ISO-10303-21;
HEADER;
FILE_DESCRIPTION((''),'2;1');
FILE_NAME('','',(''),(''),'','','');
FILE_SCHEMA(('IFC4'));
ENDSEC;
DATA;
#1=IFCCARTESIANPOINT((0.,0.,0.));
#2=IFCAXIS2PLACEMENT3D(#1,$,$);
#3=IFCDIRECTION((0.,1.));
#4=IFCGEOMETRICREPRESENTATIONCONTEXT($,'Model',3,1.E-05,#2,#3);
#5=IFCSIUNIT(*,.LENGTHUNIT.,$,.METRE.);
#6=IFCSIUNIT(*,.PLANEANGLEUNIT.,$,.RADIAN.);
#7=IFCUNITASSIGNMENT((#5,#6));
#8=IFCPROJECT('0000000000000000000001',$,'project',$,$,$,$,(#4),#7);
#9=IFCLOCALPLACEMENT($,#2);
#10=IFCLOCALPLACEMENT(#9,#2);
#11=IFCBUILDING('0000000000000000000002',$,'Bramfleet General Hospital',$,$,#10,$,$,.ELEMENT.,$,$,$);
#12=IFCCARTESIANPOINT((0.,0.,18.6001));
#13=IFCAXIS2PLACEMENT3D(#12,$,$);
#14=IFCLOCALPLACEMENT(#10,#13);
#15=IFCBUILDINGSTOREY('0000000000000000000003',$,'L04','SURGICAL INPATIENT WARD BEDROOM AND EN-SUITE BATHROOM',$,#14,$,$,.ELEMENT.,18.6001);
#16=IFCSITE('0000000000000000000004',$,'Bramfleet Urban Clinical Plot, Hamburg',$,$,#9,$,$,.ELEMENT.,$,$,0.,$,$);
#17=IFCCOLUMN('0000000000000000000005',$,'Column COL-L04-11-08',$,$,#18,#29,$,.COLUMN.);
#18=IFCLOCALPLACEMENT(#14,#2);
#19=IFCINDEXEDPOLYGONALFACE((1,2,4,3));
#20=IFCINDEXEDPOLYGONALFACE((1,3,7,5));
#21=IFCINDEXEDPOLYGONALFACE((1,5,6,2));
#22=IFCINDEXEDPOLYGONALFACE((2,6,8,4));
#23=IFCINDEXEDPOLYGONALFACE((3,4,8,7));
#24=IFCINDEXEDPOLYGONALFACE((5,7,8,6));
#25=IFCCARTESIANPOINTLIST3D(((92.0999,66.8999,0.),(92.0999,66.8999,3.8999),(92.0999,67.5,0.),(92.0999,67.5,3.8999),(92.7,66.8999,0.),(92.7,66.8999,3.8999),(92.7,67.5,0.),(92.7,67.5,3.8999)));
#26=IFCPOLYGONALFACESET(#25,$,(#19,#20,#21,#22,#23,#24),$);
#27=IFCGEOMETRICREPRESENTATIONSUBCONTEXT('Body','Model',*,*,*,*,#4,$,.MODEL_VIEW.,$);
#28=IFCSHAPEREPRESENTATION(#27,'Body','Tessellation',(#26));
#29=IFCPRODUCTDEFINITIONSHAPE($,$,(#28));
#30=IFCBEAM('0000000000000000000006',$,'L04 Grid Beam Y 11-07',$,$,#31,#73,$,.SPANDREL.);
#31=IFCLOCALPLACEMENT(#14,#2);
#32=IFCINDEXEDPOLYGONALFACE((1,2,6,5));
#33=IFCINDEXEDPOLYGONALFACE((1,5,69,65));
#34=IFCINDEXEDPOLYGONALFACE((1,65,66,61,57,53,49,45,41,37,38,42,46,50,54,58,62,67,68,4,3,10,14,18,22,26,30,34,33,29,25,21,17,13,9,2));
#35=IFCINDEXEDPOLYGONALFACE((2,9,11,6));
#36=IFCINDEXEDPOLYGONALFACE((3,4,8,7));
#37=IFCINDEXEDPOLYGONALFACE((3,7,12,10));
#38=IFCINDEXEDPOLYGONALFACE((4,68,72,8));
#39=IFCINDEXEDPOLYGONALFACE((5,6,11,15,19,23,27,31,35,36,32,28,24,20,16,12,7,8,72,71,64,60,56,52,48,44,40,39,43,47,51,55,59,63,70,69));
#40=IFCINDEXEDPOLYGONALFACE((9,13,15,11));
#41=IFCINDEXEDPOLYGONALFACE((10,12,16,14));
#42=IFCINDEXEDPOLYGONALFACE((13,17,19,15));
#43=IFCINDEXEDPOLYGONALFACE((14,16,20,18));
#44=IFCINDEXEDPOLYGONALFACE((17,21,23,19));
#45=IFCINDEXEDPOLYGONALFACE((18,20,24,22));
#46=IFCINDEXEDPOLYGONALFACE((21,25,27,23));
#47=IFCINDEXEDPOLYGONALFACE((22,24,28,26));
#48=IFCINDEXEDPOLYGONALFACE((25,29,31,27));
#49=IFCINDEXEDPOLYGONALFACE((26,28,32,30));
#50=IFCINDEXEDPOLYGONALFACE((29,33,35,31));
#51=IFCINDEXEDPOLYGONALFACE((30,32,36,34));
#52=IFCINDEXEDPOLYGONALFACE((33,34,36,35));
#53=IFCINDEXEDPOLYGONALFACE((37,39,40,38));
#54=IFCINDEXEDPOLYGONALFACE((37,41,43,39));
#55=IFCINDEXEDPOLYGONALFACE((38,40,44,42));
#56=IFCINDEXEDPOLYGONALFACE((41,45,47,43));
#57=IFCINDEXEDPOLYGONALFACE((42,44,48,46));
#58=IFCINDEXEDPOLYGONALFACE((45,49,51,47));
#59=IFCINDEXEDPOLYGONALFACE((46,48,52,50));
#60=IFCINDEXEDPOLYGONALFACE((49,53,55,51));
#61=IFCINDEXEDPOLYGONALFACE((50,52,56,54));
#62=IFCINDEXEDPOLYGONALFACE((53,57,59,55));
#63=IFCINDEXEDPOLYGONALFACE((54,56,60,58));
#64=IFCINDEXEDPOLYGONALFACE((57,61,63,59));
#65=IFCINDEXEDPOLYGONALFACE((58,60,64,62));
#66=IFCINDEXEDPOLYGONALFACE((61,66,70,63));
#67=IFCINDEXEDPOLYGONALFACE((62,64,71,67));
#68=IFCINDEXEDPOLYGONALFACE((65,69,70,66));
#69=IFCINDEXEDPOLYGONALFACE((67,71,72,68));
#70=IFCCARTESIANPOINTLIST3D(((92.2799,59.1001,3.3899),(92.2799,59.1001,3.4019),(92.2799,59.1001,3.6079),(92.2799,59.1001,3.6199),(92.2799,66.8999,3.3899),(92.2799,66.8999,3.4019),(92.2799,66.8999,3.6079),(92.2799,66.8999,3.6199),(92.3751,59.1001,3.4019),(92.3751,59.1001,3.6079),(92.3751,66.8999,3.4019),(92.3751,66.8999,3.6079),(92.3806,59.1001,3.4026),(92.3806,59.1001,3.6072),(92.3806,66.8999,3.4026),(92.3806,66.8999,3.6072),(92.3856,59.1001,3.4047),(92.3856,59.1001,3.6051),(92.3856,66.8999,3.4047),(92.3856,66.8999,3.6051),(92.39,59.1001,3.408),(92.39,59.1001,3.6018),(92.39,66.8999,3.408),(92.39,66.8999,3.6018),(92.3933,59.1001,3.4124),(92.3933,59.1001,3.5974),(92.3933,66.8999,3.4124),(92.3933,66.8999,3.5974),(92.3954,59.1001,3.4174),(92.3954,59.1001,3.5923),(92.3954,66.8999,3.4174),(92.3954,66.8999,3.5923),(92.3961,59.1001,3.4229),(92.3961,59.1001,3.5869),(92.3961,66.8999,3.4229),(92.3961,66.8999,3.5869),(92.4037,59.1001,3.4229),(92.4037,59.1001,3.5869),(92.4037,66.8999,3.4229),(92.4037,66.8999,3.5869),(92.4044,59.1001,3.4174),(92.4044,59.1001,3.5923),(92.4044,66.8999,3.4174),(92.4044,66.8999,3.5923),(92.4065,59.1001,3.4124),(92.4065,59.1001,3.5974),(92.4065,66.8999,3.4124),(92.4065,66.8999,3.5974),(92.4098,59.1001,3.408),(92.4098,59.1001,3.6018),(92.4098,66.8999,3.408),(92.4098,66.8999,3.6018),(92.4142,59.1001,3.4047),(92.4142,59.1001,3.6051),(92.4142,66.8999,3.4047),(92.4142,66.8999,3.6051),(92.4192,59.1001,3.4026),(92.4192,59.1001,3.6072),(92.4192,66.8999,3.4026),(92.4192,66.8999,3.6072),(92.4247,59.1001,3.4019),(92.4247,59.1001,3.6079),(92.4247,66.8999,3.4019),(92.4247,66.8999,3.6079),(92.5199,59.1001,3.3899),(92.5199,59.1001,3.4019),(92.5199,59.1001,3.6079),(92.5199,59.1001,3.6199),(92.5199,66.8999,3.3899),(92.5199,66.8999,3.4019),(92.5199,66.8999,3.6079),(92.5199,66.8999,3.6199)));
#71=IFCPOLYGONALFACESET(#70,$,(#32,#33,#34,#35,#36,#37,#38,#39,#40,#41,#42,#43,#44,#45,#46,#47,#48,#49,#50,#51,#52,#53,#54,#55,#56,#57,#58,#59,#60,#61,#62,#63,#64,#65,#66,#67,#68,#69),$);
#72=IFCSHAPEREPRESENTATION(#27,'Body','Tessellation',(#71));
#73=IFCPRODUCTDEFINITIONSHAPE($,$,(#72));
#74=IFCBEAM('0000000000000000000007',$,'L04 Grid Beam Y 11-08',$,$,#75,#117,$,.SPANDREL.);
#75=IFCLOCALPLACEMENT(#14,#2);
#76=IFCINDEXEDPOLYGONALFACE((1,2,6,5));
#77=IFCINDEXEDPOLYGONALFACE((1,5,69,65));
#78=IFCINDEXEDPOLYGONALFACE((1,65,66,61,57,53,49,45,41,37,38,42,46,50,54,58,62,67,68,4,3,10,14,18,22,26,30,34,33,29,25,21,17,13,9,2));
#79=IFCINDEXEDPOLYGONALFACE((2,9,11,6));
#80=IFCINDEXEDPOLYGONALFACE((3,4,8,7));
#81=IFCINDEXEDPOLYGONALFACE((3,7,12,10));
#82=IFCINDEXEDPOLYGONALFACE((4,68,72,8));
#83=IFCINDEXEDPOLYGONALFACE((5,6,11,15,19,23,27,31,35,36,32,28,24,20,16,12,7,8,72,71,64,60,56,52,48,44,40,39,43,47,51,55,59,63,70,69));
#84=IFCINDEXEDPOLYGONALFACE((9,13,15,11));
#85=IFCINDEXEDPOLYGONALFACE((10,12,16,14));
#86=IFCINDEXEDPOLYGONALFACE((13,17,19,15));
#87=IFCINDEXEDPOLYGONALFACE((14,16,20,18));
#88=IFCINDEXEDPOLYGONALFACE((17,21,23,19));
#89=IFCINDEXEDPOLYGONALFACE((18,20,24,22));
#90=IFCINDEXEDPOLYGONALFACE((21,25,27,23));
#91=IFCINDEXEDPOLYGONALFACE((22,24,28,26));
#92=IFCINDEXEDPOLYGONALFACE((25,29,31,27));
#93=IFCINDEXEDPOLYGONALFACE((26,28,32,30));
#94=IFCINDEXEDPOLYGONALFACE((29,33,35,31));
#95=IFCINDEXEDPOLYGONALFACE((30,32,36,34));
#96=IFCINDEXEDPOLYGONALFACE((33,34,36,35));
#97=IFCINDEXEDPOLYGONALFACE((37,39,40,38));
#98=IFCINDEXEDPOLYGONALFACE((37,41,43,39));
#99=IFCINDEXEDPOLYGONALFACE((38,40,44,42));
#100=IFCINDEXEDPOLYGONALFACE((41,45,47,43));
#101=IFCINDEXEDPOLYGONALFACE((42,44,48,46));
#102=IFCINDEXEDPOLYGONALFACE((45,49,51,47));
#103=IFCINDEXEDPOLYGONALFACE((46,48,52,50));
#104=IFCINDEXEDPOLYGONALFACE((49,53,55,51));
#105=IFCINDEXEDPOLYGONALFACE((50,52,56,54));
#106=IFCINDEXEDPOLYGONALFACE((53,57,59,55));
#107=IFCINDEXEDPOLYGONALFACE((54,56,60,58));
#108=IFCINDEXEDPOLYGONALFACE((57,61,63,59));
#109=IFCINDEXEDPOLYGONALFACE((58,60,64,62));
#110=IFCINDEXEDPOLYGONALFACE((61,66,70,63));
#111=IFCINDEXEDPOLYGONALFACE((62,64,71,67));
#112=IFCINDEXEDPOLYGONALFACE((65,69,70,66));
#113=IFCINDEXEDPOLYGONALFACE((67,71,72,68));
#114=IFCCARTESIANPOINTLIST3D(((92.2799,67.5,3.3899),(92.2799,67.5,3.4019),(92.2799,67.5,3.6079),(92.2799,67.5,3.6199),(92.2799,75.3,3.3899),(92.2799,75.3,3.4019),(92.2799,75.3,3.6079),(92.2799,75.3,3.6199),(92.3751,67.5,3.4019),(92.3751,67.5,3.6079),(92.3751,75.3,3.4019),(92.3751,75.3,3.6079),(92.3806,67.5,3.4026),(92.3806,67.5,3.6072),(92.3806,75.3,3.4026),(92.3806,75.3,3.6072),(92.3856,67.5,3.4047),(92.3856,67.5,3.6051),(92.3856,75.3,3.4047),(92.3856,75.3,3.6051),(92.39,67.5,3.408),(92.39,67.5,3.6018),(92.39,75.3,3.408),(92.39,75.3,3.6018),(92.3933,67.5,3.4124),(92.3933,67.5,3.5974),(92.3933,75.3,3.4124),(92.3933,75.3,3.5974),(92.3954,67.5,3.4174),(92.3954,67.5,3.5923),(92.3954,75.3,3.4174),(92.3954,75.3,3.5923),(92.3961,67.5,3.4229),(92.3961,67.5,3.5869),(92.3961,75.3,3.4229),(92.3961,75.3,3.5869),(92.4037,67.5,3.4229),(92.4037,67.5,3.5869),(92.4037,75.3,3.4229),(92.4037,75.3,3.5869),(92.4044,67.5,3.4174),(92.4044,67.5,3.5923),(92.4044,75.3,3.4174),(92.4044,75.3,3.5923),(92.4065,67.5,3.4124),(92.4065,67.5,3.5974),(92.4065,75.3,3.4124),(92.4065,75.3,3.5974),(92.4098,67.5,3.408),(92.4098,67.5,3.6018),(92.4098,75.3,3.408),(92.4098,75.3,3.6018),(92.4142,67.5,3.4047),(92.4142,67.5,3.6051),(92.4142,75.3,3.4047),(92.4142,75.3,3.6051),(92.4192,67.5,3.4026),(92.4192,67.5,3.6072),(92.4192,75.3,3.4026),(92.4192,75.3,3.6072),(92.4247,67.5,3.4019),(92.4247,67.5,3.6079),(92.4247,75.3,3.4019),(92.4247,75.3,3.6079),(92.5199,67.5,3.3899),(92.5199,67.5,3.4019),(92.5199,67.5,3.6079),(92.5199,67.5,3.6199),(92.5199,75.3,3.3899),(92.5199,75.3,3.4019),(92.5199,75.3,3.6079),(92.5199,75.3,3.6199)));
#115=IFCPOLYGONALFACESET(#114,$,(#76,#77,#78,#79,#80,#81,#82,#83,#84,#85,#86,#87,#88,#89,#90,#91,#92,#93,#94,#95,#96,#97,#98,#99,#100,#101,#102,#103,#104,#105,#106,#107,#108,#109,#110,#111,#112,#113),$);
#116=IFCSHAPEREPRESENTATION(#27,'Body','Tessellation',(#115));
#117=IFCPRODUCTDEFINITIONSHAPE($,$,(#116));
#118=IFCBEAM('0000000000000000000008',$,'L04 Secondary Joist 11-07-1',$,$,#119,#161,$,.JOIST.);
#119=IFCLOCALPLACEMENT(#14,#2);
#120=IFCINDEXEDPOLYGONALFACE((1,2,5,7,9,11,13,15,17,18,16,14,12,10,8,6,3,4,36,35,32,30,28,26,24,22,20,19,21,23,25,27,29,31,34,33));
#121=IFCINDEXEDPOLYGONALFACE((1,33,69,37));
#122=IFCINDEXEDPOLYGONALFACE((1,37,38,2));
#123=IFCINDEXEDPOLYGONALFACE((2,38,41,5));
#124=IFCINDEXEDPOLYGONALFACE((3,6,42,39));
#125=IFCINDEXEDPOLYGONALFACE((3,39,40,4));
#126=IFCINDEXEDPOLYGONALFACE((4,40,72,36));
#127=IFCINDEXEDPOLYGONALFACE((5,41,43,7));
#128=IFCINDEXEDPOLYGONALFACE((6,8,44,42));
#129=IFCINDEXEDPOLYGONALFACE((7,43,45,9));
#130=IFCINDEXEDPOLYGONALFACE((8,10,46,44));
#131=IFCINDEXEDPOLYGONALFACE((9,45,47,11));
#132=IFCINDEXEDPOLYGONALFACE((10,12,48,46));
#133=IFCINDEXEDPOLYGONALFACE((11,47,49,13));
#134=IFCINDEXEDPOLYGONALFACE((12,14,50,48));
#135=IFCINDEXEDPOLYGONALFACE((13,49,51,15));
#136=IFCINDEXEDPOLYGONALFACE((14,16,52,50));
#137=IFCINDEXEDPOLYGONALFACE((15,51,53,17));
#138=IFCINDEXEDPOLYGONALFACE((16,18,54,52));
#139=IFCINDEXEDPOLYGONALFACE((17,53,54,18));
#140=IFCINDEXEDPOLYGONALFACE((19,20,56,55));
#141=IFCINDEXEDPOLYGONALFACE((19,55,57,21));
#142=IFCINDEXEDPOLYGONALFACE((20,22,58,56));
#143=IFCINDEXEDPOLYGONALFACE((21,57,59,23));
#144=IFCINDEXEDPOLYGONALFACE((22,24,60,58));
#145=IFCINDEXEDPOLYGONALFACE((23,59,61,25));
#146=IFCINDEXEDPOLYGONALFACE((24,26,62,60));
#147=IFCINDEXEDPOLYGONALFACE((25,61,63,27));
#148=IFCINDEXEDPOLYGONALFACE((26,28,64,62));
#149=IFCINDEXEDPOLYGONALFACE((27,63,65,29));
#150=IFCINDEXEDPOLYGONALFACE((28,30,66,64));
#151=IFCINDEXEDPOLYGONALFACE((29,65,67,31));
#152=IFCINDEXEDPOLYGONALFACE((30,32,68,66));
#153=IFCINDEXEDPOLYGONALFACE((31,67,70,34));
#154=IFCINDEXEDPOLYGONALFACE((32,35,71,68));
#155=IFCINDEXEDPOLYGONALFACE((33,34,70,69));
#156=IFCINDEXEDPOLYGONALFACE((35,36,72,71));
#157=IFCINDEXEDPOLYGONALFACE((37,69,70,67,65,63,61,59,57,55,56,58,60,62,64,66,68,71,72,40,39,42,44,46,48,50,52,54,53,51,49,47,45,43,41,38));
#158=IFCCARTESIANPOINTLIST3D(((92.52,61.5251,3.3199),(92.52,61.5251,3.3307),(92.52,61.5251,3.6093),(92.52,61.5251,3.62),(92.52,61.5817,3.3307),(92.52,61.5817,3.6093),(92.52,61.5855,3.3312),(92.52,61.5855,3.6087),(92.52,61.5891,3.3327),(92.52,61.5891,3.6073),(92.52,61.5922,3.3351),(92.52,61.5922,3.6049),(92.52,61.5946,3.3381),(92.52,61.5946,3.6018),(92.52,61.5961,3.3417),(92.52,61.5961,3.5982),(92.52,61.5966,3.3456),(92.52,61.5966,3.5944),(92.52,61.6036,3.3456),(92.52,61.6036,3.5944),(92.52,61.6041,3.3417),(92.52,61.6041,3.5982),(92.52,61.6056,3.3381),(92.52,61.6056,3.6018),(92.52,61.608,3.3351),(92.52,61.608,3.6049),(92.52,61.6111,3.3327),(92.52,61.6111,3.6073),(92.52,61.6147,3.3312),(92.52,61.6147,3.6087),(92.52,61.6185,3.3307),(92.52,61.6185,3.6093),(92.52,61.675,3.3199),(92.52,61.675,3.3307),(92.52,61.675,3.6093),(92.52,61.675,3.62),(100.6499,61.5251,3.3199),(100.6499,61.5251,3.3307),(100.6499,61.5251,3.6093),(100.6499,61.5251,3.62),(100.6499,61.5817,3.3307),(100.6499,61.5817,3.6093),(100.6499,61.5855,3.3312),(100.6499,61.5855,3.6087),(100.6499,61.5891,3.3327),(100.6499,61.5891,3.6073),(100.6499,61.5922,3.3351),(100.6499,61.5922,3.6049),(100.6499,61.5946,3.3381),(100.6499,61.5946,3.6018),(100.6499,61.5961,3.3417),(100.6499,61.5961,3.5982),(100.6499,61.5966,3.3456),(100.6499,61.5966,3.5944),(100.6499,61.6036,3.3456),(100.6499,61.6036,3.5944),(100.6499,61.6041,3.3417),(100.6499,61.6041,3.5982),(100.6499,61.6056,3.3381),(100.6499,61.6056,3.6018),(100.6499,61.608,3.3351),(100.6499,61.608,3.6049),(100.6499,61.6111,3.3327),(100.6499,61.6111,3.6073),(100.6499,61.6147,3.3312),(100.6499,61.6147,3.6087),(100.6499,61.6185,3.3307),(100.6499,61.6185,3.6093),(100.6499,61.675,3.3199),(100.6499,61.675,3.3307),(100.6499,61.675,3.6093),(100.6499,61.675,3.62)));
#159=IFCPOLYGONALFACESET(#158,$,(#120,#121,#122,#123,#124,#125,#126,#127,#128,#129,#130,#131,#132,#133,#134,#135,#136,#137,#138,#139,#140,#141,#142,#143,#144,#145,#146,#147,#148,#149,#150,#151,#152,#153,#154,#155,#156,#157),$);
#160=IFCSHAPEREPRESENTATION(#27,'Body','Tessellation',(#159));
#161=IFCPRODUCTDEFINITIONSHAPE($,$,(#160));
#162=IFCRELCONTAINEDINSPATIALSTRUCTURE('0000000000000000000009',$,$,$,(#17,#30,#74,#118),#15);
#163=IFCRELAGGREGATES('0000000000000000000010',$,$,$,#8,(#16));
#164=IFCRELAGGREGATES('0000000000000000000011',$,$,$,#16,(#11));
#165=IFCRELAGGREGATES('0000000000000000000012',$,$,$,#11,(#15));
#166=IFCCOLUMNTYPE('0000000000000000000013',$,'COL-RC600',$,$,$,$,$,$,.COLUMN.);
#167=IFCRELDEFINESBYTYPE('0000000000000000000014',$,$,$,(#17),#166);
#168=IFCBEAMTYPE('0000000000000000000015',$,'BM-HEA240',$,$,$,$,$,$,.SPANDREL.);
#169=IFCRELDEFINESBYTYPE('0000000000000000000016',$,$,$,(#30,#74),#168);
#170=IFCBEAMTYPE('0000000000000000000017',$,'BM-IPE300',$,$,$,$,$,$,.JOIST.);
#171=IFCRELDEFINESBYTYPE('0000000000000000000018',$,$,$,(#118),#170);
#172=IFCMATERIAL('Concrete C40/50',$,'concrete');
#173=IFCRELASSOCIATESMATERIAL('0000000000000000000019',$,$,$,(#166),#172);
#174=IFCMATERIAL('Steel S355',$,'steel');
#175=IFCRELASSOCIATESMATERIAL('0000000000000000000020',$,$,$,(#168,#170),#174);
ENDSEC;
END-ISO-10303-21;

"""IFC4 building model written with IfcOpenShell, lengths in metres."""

from ifc_helpers import new_model, si_unit, direction, frame, origin, origin_2d, place, context, subcontext, project, spatial, rectangle, i_section, extrude, material, material_profile, profile_set, type_object, element, save


model = new_model("IFC4")

# Units and contexts
model_context = context("Model", 3, precision=1e-05, world=origin(), true_north=direction((0.0, 1.0)))
body_context = subcontext(model_context, "Body", "Model", "MODEL_VIEW")
ifc_project = project(units=[si_unit("LENGTHUNIT", "METRE"), si_unit("PLANEANGLEUNIT", "RADIAN")], contexts=[model_context])

# Site, building, storey
site_placement = place(None, origin())
site = spatial("IfcSite", under=ifc_project, at=site_placement, Name="Bramfleet Urban Clinical Plot, Hamburg", CompositionType="ELEMENT", RefElevation=0.0)
building_placement = place(site_placement, origin())
building = spatial("IfcBuilding", under=site, at=building_placement, Name="Bramfleet General Hospital", CompositionType="ELEMENT")
storey_placement = place(building_placement, frame((0.0, 0.0, 18.6001)))
storey = spatial("IfcBuildingStorey", under=building, at=storey_placement, Name="L04", Description="SURGICAL INPATIENT WARD BEDROOM AND EN-SUITE BATHROOM", CompositionType="ELEMENT", Elevation=18.6001)

# Column
ifc_material_1 = material(Name="Concrete C40/50", Category="concrete")
ifc_material_profile_1 = material_profile(ifc_material_1, rectangle(XDim=0.6001, YDim=0.6001, at=origin_2d()), Name="RC COL 600x600")
ifc_profile_set_1 = profile_set([ifc_material_profile_1], Name="Concrete C40/50")
column_type = type_object("IfcColumnType", Name="COL-RC600", PredefinedType="COLUMN", material=ifc_profile_set_1)
column_placement = place(storey_placement, frame((92.3999, 67.2, 0.0), z_axis=(0.0, 0.0, 1.0), x_axis=(1.0, 0.0, 0.0)))
element("IfcColumn", 1, at=column_placement, inside=storey, type_object=column_type, Name="Column COL-L04-11-08", PredefinedType="COLUMN", context=body_context, shape_type="SweptSolid", body=[
    extrude(rectangle(XDim=0.6001, YDim=0.6001, at=origin_2d()), origin(), (0.0, 0.0, 1.0), 3.8999),
])

# Beams
ifc_material_2 = material(Name="Steel S355", Category="steel")
ifc_material_profile_2 = material_profile(ifc_material_2, i_section(OverallWidth=0.24, OverallDepth=0.23, WebThickness=0.0076, FlangeThickness=0.012, FilletRadius=0.021, at=origin_2d()), Name="HEA 240")
ifc_profile_set_2 = profile_set([ifc_material_profile_2], Name="Steel S355")
beam_type_1 = type_object("IfcBeamType", Name="BM-HEA240", PredefinedType="SPANDREL", material=ifc_profile_set_2)
beam_1_placement = place(storey_placement, frame((92.3999, 59.1001, 3.5049), z_axis=(0.0, 1.0, 0.0), x_axis=(-1.0, 0.0, 0.0)))
element("IfcBeam", 2, at=beam_1_placement, inside=storey, type_object=beam_type_1, Name="L04 Grid Beam Y 11-07", PredefinedType="SPANDREL", context=body_context, shape_type="SweptSolid", body=[
    extrude(i_section(OverallWidth=0.24, OverallDepth=0.23, WebThickness=0.0076, FlangeThickness=0.012, FilletRadius=0.021, at=origin_2d()), origin(), (0.0, 0.0, 1.0), 7.7998),
])
beam_2_placement = place(storey_placement, frame((92.3999, 67.5, 3.5049), z_axis=(0.0, 1.0, 0.0), x_axis=(-1.0, 0.0, 0.0)))
element("IfcBeam", 3, at=beam_2_placement, inside=storey, type_object=beam_type_1, Name="L04 Grid Beam Y 11-08", PredefinedType="SPANDREL", context=body_context, shape_type="SweptSolid", body=[
    extrude(i_section(OverallWidth=0.24, OverallDepth=0.23, WebThickness=0.0076, FlangeThickness=0.012, FilletRadius=0.021, at=origin_2d()), origin(), (0.0, 0.0, 1.0), 7.8),
])
ifc_material_profile_3 = material_profile(ifc_material_2, i_section(OverallWidth=0.1499, OverallDepth=0.3, WebThickness=0.0071, FlangeThickness=0.0107, FilletRadius=0.0149, at=origin_2d()), Name="IPE 300")
ifc_profile_set_3 = profile_set([ifc_material_profile_3], Name="Steel S355")
beam_type_2 = type_object("IfcBeamType", Name="BM-IPE300", PredefinedType="JOIST", material=ifc_profile_set_3)
for number, where, z_axis, x_axis, name in (
    (4, (92.52, 61.6001, 3.47), (1.0, 0.0, 0.0), (0.0, 1.0, 0.0), "L04 Secondary Joist 11-07-1"),
):
    element("IfcBeam", number, at=place(storey_placement, frame(where, z_axis=z_axis, x_axis=x_axis)), inside=storey, type_object=beam_type_2, Name=name, PredefinedType="JOIST", context=body_context, shape_type="SweptSolid", body=[
        extrude(i_section(OverallWidth=0.1499, OverallDepth=0.3, WebThickness=0.0071, FlangeThickness=0.0107, FilletRadius=0.0149, at=origin_2d()), origin(), (0.0, 0.0, 1.0), 8.1299),
    ])

save(model, "model.ifc")
